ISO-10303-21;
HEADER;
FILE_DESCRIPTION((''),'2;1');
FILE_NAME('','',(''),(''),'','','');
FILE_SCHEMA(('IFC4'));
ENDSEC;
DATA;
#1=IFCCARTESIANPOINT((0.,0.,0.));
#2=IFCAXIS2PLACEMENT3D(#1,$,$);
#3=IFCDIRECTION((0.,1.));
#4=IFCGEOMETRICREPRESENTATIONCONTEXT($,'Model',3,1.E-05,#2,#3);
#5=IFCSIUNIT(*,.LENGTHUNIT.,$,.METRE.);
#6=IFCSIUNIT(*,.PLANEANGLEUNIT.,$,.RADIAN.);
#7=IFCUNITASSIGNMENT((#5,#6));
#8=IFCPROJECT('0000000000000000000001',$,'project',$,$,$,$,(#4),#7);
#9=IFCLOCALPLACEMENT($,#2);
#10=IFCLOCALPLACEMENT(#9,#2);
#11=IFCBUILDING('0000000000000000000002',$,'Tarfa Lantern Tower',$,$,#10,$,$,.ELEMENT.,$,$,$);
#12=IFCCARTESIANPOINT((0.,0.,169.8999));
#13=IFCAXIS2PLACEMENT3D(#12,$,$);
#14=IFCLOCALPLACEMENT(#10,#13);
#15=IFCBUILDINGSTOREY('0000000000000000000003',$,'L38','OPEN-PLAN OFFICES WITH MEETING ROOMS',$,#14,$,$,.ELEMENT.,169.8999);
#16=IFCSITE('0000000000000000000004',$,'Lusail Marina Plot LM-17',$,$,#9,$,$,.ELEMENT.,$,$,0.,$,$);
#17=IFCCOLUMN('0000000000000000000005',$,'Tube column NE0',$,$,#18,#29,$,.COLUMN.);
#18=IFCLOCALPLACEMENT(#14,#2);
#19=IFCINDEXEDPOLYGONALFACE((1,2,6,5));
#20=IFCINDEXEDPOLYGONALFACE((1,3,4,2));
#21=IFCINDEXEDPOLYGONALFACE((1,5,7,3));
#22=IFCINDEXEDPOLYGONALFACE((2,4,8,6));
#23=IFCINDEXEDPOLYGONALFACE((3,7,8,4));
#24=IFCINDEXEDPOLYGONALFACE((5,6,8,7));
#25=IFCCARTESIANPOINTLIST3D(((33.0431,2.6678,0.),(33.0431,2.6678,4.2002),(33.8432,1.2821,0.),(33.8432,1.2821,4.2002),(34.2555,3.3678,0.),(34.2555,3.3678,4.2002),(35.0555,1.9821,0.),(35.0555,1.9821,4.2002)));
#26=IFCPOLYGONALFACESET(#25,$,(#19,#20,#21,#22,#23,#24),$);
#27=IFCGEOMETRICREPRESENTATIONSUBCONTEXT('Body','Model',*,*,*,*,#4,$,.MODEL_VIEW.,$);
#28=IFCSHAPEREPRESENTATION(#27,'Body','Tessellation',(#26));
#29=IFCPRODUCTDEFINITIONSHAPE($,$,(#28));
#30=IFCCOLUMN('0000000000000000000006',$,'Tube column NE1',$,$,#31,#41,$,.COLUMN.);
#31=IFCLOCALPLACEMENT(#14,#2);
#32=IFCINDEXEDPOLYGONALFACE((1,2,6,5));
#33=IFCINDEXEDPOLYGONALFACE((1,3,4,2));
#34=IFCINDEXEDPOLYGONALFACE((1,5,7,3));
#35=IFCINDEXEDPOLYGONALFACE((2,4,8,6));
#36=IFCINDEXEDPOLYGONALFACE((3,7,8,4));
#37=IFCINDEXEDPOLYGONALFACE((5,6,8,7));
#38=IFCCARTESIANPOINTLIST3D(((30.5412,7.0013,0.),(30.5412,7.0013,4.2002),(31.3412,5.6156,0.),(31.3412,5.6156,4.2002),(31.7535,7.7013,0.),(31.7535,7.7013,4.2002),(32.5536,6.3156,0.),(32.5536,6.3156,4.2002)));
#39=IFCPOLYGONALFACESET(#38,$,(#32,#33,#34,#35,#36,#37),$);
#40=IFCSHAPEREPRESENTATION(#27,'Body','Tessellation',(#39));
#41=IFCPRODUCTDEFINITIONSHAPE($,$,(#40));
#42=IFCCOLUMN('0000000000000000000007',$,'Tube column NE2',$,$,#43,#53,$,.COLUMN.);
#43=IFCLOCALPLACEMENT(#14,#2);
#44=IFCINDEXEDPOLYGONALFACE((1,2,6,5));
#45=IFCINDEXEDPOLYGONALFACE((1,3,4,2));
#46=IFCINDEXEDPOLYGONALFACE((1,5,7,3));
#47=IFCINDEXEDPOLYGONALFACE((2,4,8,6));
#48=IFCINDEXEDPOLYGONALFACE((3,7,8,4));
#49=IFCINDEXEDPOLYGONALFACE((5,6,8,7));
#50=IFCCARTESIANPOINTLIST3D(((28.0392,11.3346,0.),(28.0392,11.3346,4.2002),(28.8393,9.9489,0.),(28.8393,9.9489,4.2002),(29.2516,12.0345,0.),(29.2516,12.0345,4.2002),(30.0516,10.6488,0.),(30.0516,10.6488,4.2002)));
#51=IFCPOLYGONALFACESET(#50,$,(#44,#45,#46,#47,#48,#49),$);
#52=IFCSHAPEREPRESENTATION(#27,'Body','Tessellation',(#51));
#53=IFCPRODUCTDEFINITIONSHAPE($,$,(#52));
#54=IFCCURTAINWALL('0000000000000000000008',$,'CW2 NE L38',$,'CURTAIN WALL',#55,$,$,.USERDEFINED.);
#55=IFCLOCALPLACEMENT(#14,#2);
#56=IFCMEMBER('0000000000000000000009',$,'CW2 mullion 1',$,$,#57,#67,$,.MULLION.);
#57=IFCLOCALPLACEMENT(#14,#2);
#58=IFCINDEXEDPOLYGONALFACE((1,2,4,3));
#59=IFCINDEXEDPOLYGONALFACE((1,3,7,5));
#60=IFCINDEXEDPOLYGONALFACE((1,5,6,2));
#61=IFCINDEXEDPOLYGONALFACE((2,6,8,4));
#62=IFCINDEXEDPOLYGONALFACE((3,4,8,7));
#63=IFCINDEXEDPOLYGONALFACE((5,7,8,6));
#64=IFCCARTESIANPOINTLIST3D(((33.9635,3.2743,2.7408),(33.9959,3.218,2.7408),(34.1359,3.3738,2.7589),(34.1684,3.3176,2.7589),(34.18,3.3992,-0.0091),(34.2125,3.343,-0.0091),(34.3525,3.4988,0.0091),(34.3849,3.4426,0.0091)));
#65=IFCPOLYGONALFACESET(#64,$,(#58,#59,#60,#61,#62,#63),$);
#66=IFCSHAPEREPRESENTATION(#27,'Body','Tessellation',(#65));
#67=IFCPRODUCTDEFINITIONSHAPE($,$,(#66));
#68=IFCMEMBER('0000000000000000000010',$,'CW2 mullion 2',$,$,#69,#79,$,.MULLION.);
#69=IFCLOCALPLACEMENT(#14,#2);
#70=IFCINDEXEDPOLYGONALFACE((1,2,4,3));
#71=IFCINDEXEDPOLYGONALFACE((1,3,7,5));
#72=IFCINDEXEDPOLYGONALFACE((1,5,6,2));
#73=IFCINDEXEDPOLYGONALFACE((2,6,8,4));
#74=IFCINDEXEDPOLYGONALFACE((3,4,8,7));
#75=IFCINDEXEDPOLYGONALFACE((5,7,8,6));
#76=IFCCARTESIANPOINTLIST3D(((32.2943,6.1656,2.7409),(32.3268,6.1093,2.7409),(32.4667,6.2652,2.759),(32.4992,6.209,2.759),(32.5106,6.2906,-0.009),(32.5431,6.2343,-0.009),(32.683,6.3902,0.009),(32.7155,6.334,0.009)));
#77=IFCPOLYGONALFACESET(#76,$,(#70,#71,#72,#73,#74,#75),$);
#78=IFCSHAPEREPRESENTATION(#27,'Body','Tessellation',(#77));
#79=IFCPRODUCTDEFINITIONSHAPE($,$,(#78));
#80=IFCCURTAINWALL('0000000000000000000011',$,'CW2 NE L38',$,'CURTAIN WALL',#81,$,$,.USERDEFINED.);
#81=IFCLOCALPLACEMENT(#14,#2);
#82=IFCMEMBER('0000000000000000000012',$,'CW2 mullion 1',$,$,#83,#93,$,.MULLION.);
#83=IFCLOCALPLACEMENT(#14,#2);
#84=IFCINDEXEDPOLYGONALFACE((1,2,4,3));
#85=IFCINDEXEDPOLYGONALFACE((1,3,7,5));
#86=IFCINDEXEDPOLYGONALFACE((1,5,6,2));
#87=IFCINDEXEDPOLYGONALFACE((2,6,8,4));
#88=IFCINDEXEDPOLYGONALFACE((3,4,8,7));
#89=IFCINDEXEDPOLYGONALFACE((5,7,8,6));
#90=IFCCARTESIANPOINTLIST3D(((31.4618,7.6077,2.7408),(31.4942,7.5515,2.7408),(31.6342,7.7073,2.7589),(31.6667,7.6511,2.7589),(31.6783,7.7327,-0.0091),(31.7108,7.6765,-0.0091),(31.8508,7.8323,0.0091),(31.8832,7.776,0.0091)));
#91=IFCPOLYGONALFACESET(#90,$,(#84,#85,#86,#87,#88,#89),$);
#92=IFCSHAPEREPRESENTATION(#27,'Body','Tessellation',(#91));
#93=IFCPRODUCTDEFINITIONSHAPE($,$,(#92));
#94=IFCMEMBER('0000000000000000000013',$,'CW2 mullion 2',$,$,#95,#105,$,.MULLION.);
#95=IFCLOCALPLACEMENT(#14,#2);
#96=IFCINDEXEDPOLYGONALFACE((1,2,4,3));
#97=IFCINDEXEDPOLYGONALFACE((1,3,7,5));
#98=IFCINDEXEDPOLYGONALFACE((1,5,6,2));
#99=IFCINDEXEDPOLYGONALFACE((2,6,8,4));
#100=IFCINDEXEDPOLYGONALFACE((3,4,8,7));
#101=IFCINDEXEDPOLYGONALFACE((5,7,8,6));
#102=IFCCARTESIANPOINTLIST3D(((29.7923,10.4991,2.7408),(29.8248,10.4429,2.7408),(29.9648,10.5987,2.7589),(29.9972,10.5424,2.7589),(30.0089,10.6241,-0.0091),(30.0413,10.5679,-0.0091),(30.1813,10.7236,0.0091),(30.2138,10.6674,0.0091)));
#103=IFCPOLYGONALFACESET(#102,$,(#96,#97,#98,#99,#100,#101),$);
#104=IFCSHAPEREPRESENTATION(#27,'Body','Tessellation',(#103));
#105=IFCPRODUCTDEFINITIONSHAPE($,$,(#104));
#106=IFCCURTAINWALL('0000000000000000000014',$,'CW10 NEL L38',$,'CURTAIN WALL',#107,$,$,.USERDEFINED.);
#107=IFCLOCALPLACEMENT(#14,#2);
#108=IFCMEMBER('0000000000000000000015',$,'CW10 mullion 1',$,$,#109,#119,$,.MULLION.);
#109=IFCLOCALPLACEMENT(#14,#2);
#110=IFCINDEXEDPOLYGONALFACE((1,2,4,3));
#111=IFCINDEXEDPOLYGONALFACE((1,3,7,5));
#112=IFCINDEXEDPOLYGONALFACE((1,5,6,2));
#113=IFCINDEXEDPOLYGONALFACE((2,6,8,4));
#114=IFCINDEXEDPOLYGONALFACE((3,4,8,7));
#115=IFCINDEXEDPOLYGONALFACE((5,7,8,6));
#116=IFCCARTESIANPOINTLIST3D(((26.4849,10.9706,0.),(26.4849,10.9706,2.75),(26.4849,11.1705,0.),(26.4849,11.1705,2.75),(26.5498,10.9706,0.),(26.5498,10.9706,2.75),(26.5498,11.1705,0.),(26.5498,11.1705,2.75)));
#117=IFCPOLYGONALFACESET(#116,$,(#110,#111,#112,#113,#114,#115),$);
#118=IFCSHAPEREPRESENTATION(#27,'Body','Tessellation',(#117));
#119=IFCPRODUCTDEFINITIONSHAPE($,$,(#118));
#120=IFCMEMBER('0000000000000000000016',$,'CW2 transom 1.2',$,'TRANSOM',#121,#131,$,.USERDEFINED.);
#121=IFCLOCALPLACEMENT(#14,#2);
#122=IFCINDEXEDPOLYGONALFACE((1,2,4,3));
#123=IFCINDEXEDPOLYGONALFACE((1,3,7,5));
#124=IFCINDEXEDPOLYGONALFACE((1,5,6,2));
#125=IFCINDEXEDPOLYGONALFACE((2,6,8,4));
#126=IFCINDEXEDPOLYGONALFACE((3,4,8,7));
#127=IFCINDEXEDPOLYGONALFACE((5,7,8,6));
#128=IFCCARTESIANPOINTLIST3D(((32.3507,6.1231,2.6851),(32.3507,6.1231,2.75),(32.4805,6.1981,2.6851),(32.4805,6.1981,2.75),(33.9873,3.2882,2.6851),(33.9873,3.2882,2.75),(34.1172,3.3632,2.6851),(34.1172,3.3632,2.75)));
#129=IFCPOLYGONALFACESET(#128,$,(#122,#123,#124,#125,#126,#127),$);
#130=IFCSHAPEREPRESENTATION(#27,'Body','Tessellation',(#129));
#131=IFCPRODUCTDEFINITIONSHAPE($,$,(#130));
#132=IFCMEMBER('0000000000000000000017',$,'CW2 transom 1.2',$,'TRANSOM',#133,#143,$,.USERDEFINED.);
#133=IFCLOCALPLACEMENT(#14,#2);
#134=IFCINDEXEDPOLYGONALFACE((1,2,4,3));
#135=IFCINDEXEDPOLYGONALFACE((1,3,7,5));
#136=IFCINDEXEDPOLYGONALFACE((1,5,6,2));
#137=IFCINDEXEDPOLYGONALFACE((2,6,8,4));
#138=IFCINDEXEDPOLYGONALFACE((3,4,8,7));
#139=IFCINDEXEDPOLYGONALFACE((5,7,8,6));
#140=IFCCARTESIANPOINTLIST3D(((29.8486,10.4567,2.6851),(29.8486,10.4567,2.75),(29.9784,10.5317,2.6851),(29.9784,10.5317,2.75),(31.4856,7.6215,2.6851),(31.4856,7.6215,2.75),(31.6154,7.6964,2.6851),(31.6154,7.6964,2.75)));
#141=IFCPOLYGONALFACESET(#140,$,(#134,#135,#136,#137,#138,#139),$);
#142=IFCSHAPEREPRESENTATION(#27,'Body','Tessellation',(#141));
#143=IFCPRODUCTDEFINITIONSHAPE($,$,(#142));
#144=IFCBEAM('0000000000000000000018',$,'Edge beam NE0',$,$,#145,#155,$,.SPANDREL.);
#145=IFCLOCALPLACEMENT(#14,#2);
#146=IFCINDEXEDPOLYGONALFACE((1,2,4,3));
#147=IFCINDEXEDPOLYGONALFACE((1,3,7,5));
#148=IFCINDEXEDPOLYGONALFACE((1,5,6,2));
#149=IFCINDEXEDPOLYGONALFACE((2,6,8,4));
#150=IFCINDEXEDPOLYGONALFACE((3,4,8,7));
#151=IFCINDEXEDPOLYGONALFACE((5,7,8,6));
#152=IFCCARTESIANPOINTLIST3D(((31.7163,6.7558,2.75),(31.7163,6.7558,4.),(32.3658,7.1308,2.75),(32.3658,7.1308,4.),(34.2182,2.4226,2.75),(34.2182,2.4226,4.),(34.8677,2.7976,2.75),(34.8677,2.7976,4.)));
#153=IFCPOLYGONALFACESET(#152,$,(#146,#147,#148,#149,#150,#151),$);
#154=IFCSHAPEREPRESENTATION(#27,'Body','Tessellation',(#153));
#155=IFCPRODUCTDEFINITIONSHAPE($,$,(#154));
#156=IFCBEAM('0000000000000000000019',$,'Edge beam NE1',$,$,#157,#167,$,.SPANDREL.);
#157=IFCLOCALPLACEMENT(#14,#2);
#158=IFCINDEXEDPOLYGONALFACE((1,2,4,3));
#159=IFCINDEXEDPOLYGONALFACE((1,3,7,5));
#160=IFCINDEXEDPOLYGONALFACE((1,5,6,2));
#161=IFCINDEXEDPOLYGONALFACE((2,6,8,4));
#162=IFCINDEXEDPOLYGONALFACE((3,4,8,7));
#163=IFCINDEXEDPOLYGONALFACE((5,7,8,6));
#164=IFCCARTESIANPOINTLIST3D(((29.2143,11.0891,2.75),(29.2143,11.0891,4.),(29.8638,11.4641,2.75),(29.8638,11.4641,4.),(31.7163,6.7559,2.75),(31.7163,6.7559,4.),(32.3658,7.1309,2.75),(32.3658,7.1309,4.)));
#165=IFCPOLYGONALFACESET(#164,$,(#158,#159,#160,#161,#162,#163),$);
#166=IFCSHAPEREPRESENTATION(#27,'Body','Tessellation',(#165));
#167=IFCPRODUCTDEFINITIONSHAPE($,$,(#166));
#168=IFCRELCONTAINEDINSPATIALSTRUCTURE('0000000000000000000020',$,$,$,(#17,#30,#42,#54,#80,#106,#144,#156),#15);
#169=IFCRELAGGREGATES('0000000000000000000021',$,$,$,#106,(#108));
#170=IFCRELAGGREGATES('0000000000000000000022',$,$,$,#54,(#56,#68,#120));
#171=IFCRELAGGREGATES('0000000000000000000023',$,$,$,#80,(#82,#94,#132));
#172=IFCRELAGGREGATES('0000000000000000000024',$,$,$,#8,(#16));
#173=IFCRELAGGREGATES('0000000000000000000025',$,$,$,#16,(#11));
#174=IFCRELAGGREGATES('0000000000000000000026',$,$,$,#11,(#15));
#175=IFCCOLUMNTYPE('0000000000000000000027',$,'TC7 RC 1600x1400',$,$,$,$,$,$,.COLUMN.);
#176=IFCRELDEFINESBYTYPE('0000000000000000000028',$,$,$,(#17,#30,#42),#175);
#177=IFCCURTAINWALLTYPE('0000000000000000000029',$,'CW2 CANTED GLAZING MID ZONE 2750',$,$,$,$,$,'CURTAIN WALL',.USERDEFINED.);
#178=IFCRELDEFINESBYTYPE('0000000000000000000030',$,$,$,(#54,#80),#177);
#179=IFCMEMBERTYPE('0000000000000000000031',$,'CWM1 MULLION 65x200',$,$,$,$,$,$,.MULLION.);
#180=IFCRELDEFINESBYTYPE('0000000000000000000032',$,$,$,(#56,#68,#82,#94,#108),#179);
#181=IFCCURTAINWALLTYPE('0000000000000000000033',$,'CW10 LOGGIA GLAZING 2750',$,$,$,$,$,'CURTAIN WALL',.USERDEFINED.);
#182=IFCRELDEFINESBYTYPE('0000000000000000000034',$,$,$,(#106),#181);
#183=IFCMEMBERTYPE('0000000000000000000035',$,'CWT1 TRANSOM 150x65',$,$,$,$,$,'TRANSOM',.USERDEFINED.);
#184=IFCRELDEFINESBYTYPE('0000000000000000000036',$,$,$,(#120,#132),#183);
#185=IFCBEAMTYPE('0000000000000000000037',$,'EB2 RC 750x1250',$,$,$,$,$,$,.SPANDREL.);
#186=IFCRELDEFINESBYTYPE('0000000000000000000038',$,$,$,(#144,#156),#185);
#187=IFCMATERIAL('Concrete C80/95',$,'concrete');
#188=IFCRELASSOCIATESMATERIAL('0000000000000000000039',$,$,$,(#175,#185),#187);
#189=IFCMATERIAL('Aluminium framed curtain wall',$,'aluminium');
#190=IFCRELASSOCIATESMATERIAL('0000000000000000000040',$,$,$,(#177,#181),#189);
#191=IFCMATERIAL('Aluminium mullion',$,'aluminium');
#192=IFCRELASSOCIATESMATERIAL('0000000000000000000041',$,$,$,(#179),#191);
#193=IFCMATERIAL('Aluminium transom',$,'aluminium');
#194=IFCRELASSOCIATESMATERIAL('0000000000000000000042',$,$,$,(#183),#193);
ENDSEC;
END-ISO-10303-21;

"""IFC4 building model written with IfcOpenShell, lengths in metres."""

from ifc_helpers import new_model, si_unit, direction, frame, origin, origin_2d, place, context, subcontext, project, spatial, rectangle, extrude, material, material_profile, profile_set, type_object, element, aggregate, save


model = new_model("IFC4")

# Units and contexts
model_context = context("Model", 3, precision=1e-05, world=origin(), true_north=direction((0.0, 1.0)))
body_context = subcontext(model_context, "Body", "Model", "MODEL_VIEW")
ifc_project = project(units=[si_unit("LENGTHUNIT", "METRE"), si_unit("PLANEANGLEUNIT", "RADIAN")], contexts=[model_context])

# Site, building, storey
site_placement = place(None, origin())
site = spatial("IfcSite", under=ifc_project, at=site_placement, Name="Lusail Marina Plot LM-17", CompositionType="ELEMENT", RefElevation=0.0)
building_placement = place(site_placement, origin())
building = spatial("IfcBuilding", under=site, at=building_placement, Name="Tarfa Lantern Tower", CompositionType="ELEMENT")
storey_placement = place(building_placement, frame((0.0, 0.0, 169.8999)))
storey = spatial("IfcBuildingStorey", under=building, at=storey_placement, Name="L38", Description="OPEN-PLAN OFFICES WITH MEETING ROOMS", CompositionType="ELEMENT", Elevation=169.8999)

# Columns
ifc_material_1 = material(Name="Concrete C80/95", Category="concrete")
ifc_material_profile_1 = material_profile(ifc_material_1, rectangle(XDim=1.6001, YDim=1.3999, at=origin_2d()), Name="RC 1600x1400")
ifc_profile_set_1 = profile_set([ifc_material_profile_1], Name="Concrete C80/95")
column_type = type_object("IfcColumnType", Name="TC7 RC 1600x1400", PredefinedType="COLUMN", material=ifc_profile_set_1)
for number, where, z_axis, x_axis, name in (
    (1, (34.0493, 2.325, 0.0), (0.0, 0.0, 1.0), (-0.5, 0.866025, 0.0), "Tube column NE0"),
    (2, (31.5474, 6.6584, 0.0), (0.0, 0.0, 1.0), (-0.5, 0.866025, 0.0), "Tube column NE1"),
    (3, (29.0454, 10.9917, 0.0), (0.0, 0.0, 1.0), (-0.5, 0.866025, 0.0), "Tube column NE2"),
):
    element("IfcColumn", number, at=place(storey_placement, frame(where, z_axis=z_axis, x_axis=x_axis)), inside=storey, type_object=column_type, Name=name, PredefinedType="COLUMN", context=body_context, shape_type="SweptSolid", body=[
        extrude(rectangle(XDim=1.6001, YDim=1.3999, at=origin_2d()), origin(), (0.0, 0.0, 1.0), 4.2002),
    ])

# Curtain walls, members
ifc_material_2 = material(Name="Aluminium framed curtain wall", Category="aluminium")
curtain_wall_type_1 = type_object("IfcCurtainWallType", Name="CW2 CANTED GLAZING MID ZONE 2750", ElementType="CURTAIN WALL", PredefinedType="USERDEFINED", material=ifc_material_2)
curtain_wall_1_placement = place(storey_placement, origin())
curtain_wall_1 = element("IfcCurtainWall", 4, at=curtain_wall_1_placement, inside=storey, type_object=curtain_wall_type_1, Name="CW2 NE L38", ObjectType="CURTAIN WALL", PredefinedType="USERDEFINED")
ifc_material_3 = material(Name="Aluminium mullion", Category="aluminium")
ifc_material_profile_2 = material_profile(ifc_material_3, rectangle(XDim=0.0649, YDim=0.2, at=origin_2d()), Name="AL MULLION 65x200")
ifc_profile_set_2 = profile_set([ifc_material_profile_2], Name="Aluminium mullion")
member_type_1 = type_object("IfcMemberType", Name="CWM1 MULLION 65x200", PredefinedType="MULLION", material=ifc_profile_set_2)
member_1_placement = place(storey_placement, frame((34.2825, 3.4209, 0.0), z_axis=(-0.078423, -0.045268, 0.995892), x_axis=(0.49992, -0.866072, 0.0)))
member_1 = element("IfcMember", 5, at=member_1_placement, type_object=member_type_1, Name="CW2 mullion 1", PredefinedType="MULLION", context=body_context, shape_type="SweptSolid", body=[
    extrude(rectangle(XDim=0.0649, YDim=0.2, at=origin_2d()), origin(), (0.0, 0.0, 1.0), 2.7612),
])
member_2_placement = place(storey_placement, frame((32.613, 6.3123, 0.0), z_axis=(-0.078335, -0.045268, 0.995899), x_axis=(0.500343, -0.865827, 0.0)))
member_2 = element("IfcMember", 6, at=member_2_placement, type_object=member_type_1, Name="CW2 mullion 2", PredefinedType="MULLION", context=body_context, shape_type="SweptSolid", body=[
    extrude(rectangle(XDim=0.0649, YDim=0.2, at=origin_2d()), origin(), (0.0, 0.0, 1.0), 2.7612),
])
curtain_wall_2_placement = place(storey_placement, origin())
curtain_wall_2 = element("IfcCurtainWall", 7, at=curtain_wall_2_placement, inside=storey, type_object=curtain_wall_type_1, Name="CW2 NE L38", ObjectType="CURTAIN WALL", PredefinedType="USERDEFINED")
member_3_placement = place(storey_placement, frame((31.7808, 7.7544, 0.0), z_axis=(-0.078423, -0.045268, 0.995892), x_axis=(0.49992, -0.866072, 0.0)))
member_3 = element("IfcMember", 8, at=member_3_placement, type_object=member_type_1, Name="CW2 mullion 1", PredefinedType="MULLION", context=body_context, shape_type="SweptSolid", body=[
    extrude(rectangle(XDim=0.0649, YDim=0.2, at=origin_2d()), origin(), (0.0, 0.0, 1.0), 2.7612),
])
member_4_placement = place(storey_placement, frame((30.1113, 10.6458, 0.0), z_axis=(-0.078423, -0.045268, 0.995892), x_axis=(0.49992, -0.866072, 0.0)))
member_4 = element("IfcMember", 9, at=member_4_placement, type_object=member_type_1, Name="CW2 mullion 2", PredefinedType="MULLION", context=body_context, shape_type="SweptSolid", body=[
    extrude(rectangle(XDim=0.0649, YDim=0.2, at=origin_2d()), origin(), (0.0, 0.0, 1.0), 2.7612),
])

# Curtain wall, member
curtain_wall_type_2 = type_object("IfcCurtainWallType", Name="CW10 LOGGIA GLAZING 2750", ElementType="CURTAIN WALL", PredefinedType="USERDEFINED", material=ifc_material_2)
curtain_wall_3_placement = place(storey_placement, origin())
curtain_wall_3 = element("IfcCurtainWall", 10, at=curtain_wall_3_placement, inside=storey, type_object=curtain_wall_type_2, Name="CW10 NEL L38", ObjectType="CURTAIN WALL", PredefinedType="USERDEFINED")
member_5_placement = place(storey_placement, frame((26.5173, 11.0706, 0.0), z_axis=(0.0, 0.0, 1.0), x_axis=(1.0, 0.0, 0.0)))
member_5 = element("IfcMember", 11, at=member_5_placement, type_object=member_type_1, Name="CW10 mullion 1", PredefinedType="MULLION", context=body_context, shape_type="SweptSolid", body=[
    extrude(rectangle(XDim=0.0649, YDim=0.2, at=origin_2d()), origin(), (0.0, 0.0, 1.0), 2.75),
])
aggregate(curtain_wall_3, [member_5])

# Members
ifc_material_4 = material(Name="Aluminium transom", Category="aluminium")
ifc_material_profile_3 = material_profile(ifc_material_4, rectangle(XDim=0.1499, YDim=0.0649, at=origin_2d()), Name="AL TRANSOM 150x65")
ifc_profile_set_3 = profile_set([ifc_material_profile_3], Name="Aluminium transom")
member_type_2 = type_object("IfcMemberType", Name="CWT1 TRANSOM 150x65", ElementType="TRANSOM", PredefinedType="USERDEFINED", material=ifc_profile_set_3)
member_6_placement = place(storey_placement, frame((34.0522, 3.3257, 2.7175), z_axis=(-0.499989, 0.866032, 0.0), x_axis=(-0.866032, -0.499989, 0.0)))
member_6 = element("IfcMember", 12, at=member_6_placement, type_object=member_type_2, Name="CW2 transom 1.2", ObjectType="TRANSOM", PredefinedType="USERDEFINED", context=body_context, shape_type="SweptSolid", body=[
    extrude(rectangle(XDim=0.1499, YDim=0.0649, at=origin_2d()), origin(), (0.0, 0.0, 1.0), 3.2734),
])
member_7_placement = place(storey_placement, frame((31.5505, 7.6589, 2.7175), z_axis=(-0.500013, 0.866018, 0.0), x_axis=(-0.866018, -0.500013, 0.0)))
member_7 = element("IfcMember", 13, at=member_7_placement, type_object=member_type_2, Name="CW2 transom 1.2", ObjectType="TRANSOM", PredefinedType="USERDEFINED", context=body_context, shape_type="SweptSolid", body=[
    extrude(rectangle(XDim=0.1499, YDim=0.0649, at=origin_2d()), origin(), (0.0, 0.0, 1.0), 3.2739),
])

# Beams
ifc_material_profile_4 = material_profile(ifc_material_1, rectangle(XDim=0.75, YDim=1.25, at=origin_2d()), Name="RC 750x1250")
ifc_profile_set_4 = profile_set([ifc_material_profile_4], Name="Concrete C80/95")
beam_type_1 = type_object("IfcBeamType", Name="EB2 RC 750x1250", PredefinedType="SPANDREL", material=ifc_profile_set_4)
for number, where, z_axis, x_axis, name in (
    (14, (34.543, 2.6101, 3.375), (-0.500022, 0.866013, 0.0), (-0.866013, -0.500022, 0.0), "Edge beam NE0"),
    (15, (32.041, 6.9434, 3.375), (-0.500022, 0.866013, 0.0), (-0.866013, -0.500022, 0.0), "Edge beam NE1"),
):
    element("IfcBeam", number, at=place(storey_placement, frame(where, z_axis=z_axis, x_axis=x_axis)), inside=storey, type_object=beam_type_1, Name=name, PredefinedType="SPANDREL", context=body_context, shape_type="SweptSolid", body=[
        extrude(rectangle(XDim=0.75, YDim=1.25, at=origin_2d()), origin(), (0.0, 0.0, 1.0), 5.0037),
    ])

aggregate(curtain_wall_1, [member_1, member_2, member_6])
aggregate(curtain_wall_2, [member_3, member_4, member_7])

save(model, "model.ifc")
